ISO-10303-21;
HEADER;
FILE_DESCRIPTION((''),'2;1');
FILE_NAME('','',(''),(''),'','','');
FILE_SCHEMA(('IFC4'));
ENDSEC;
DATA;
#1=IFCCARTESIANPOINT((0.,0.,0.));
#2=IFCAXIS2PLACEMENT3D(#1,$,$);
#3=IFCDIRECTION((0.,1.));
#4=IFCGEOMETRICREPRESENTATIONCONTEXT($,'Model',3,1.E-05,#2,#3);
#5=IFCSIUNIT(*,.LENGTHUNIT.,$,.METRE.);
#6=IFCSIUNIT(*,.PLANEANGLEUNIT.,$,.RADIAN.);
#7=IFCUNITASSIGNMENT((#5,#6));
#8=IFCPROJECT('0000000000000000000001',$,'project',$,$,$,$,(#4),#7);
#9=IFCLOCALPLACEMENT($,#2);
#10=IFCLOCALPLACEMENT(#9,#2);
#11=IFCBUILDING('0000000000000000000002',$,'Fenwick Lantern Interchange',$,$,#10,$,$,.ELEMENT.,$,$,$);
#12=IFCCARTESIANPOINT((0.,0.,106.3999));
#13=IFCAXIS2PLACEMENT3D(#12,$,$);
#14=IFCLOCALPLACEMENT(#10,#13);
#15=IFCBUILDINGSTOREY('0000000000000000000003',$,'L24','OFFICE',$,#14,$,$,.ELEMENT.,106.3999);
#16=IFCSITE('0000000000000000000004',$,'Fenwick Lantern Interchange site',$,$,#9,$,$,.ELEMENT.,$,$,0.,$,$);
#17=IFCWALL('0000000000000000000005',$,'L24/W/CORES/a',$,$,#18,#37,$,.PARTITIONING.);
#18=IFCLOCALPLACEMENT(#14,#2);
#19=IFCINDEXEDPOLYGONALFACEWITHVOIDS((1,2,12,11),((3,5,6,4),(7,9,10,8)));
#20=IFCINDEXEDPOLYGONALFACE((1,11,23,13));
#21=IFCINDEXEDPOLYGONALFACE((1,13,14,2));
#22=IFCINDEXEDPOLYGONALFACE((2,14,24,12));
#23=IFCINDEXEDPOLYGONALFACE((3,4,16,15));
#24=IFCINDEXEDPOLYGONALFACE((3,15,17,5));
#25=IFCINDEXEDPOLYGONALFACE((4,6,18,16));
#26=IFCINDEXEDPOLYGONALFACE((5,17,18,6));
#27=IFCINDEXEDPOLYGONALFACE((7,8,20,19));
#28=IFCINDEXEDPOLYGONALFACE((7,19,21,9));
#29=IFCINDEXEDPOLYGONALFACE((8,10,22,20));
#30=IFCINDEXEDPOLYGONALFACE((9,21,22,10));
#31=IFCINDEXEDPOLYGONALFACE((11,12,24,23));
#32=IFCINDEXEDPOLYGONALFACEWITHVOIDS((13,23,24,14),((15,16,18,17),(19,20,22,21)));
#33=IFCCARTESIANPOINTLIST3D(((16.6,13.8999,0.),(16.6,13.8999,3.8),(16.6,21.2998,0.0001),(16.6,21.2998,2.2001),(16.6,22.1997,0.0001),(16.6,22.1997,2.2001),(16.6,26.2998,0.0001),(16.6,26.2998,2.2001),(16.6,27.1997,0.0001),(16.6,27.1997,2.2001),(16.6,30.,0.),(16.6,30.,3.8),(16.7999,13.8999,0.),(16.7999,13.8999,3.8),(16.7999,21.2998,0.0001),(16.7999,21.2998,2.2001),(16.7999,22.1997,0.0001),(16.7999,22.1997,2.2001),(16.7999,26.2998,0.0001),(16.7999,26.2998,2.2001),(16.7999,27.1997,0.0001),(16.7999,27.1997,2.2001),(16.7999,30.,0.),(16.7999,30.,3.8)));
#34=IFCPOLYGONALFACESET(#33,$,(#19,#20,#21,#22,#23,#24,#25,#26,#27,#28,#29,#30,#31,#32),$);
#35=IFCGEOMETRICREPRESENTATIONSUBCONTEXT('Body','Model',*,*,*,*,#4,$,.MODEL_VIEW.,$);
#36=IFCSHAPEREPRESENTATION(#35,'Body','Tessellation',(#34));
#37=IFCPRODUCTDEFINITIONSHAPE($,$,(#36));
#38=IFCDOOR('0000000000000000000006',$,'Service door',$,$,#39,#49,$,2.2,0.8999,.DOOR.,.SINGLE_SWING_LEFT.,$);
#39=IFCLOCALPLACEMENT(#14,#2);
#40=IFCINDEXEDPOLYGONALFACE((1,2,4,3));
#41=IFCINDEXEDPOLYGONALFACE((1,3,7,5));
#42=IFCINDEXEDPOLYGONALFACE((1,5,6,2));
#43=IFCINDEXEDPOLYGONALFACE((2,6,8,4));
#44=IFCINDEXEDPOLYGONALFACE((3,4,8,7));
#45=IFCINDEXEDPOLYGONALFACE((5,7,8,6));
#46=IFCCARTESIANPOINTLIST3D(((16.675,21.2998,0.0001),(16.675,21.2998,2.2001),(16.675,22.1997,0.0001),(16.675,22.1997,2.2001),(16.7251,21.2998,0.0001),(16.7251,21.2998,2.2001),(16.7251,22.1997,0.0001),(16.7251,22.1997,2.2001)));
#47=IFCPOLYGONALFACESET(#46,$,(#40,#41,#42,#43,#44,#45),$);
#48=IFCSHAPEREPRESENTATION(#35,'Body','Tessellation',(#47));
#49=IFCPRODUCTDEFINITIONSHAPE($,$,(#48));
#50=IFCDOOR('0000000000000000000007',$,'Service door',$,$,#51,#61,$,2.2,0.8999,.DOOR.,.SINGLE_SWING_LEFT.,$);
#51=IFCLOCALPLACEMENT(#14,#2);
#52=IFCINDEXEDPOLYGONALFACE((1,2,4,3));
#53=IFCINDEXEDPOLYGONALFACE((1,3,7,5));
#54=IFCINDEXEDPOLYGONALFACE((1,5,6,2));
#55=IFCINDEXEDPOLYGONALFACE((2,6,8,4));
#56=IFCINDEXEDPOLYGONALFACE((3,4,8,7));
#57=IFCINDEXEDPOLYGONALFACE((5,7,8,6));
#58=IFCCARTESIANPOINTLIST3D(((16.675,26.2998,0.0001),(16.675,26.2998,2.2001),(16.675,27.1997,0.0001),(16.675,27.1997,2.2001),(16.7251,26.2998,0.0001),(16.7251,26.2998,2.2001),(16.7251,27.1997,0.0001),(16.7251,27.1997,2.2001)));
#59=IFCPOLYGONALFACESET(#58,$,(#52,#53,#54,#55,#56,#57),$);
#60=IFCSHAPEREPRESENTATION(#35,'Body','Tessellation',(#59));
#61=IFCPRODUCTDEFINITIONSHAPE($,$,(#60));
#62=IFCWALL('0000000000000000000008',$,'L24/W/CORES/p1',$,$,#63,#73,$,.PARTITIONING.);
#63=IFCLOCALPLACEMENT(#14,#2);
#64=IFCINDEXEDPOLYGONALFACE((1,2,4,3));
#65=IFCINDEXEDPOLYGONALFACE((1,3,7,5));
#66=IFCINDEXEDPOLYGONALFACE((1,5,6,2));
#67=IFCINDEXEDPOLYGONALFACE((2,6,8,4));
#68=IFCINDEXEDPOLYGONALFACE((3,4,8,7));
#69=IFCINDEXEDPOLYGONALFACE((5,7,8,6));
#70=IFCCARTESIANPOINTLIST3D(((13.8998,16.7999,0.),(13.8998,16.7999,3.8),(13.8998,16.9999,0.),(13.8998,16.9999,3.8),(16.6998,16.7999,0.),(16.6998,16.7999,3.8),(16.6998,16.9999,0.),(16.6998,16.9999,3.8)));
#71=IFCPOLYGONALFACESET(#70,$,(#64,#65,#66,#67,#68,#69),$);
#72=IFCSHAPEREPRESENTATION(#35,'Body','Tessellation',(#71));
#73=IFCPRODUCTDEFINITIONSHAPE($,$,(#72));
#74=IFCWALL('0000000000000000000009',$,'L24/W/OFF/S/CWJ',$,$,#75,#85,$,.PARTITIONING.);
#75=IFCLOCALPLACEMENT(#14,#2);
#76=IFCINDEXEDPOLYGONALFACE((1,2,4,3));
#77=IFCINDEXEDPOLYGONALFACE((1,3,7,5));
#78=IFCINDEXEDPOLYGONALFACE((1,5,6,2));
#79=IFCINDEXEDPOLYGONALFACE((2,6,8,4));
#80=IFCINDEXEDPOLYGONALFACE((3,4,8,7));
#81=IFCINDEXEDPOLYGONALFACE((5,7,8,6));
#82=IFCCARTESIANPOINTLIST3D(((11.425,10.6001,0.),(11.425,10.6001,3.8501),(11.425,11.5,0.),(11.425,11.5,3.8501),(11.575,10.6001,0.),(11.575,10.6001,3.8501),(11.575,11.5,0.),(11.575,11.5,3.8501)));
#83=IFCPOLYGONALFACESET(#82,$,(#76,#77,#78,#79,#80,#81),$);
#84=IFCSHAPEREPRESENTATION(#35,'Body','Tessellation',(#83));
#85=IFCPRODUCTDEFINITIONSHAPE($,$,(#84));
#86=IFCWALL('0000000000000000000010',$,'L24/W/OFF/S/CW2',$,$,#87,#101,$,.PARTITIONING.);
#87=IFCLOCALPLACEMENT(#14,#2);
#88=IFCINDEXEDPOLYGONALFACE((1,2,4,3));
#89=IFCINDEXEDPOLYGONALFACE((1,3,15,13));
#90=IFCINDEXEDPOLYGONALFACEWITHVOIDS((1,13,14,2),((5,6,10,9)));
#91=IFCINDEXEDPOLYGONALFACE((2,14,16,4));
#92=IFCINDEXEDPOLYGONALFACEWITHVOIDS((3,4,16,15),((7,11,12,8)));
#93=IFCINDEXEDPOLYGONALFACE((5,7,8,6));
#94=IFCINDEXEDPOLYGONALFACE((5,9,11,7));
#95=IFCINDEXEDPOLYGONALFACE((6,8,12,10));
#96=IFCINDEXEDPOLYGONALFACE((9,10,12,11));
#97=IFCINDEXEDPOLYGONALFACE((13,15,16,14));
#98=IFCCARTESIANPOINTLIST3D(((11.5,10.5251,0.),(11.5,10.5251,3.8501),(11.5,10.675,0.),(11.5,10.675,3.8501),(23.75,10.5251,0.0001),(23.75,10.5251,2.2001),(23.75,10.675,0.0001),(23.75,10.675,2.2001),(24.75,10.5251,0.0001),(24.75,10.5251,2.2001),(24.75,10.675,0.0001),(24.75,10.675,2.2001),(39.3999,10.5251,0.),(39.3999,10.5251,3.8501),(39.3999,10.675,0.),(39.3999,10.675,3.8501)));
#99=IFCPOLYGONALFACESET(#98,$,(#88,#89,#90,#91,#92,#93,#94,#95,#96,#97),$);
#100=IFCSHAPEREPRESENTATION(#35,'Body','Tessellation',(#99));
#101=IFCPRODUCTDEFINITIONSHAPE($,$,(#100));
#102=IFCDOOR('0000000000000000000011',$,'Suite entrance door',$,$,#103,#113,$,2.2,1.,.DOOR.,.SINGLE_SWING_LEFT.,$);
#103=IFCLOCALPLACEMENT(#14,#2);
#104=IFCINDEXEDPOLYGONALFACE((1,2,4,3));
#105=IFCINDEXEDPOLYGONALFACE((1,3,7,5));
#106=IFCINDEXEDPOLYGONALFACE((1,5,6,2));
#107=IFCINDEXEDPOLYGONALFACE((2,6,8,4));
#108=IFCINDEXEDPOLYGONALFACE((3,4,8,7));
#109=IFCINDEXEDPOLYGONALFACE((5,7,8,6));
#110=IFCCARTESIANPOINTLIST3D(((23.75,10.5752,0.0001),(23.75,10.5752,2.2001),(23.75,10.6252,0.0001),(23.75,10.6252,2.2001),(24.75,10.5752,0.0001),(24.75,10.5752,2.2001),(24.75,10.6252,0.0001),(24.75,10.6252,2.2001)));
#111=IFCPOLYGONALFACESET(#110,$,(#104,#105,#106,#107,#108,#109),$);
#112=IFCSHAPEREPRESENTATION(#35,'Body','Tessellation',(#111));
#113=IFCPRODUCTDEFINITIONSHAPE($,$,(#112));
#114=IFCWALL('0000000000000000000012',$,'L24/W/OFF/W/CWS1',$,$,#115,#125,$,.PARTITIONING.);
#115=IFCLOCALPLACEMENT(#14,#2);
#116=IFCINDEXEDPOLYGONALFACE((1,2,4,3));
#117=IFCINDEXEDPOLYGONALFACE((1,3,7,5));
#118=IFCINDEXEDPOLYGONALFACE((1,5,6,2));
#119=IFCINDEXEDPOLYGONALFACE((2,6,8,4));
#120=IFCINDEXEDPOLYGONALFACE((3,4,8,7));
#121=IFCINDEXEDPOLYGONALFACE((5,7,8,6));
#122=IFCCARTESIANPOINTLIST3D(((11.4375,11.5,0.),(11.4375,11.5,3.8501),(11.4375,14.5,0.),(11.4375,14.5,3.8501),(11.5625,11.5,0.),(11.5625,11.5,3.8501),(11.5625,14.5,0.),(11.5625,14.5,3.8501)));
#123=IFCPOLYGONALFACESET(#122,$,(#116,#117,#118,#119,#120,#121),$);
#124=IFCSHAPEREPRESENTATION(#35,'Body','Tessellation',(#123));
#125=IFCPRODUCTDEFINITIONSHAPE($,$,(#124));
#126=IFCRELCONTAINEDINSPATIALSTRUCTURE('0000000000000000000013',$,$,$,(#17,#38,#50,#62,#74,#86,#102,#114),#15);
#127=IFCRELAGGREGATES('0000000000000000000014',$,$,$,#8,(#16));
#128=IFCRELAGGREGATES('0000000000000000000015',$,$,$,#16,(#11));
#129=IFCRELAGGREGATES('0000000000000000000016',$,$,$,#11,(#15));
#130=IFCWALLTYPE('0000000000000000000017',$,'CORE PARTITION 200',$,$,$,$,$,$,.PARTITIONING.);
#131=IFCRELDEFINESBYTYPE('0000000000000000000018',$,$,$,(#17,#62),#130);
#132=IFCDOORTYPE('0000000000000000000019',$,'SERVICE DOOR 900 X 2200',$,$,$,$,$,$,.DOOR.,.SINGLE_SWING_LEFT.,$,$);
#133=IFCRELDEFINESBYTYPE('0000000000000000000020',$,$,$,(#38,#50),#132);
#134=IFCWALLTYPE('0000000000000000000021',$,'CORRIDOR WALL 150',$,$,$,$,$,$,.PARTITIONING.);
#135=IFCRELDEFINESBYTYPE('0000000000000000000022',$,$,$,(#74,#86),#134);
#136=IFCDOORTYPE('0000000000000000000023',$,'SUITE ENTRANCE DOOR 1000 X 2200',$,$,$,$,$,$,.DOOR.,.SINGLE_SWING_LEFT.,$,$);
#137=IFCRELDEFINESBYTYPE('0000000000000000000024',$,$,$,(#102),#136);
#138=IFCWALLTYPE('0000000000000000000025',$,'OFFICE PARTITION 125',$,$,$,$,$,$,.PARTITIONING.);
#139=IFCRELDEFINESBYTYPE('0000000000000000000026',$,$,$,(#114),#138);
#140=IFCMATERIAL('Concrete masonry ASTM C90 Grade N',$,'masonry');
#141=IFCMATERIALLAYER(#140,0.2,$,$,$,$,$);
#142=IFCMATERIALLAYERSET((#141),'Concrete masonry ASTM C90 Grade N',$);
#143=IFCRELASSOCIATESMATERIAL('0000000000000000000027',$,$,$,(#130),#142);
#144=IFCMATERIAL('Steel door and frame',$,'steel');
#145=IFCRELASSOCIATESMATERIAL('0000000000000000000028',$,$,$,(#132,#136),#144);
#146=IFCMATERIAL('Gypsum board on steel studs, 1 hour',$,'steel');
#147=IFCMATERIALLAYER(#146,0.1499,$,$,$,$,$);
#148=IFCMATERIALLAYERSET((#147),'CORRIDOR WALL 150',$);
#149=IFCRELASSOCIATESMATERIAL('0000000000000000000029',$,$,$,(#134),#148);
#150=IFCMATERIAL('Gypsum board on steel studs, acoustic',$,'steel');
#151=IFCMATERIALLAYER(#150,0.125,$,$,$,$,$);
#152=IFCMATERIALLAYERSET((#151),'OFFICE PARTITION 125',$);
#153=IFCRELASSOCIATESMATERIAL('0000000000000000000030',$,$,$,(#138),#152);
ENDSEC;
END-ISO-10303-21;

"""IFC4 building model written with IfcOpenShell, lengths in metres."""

from ifc_helpers import new_model, si_unit, direction, frame, frame_2d, origin, place, context, subcontext, project, spatial, rectangle, extrude, material, layer, layer_set, type_object, element, fill, save


model = new_model("IFC4")

# Units and contexts
model_context = context("Model", 3, precision=1e-05, world=origin(), true_north=direction((0.0, 1.0)))
body_context = subcontext(model_context, "Body", "Model", "MODEL_VIEW")
ifc_project = project(units=[si_unit("LENGTHUNIT", "METRE"), si_unit("PLANEANGLEUNIT", "RADIAN")], contexts=[model_context])

# Site, building, storey
site_placement = place(None, origin())
site = spatial("IfcSite", under=ifc_project, at=site_placement, Name="Fenwick Lantern Interchange site", CompositionType="ELEMENT", RefElevation=0.0)
building_placement = place(site_placement, origin())
building = spatial("IfcBuilding", under=site, at=building_placement, Name="Fenwick Lantern Interchange", CompositionType="ELEMENT")
storey_placement = place(building_placement, frame((0.0, 0.0, 106.3999)))
storey = spatial("IfcBuildingStorey", under=building, at=storey_placement, Name="L24", Description="OFFICE", CompositionType="ELEMENT", Elevation=106.3999)

# Wall, openings, doors
ifc_material_1 = material(Name="Concrete masonry ASTM C90 Grade N", Category="masonry")
ifc_layer_1 = layer(ifc_material_1, 0.2)
ifc_layer_set_1 = layer_set([ifc_layer_1], Name="Concrete masonry ASTM C90 Grade N")
wall_type_1 = type_object("IfcWallType", Name="CORE PARTITION 200", PredefinedType="PARTITIONING", material=ifc_layer_set_1)
wall_1_placement = place(storey_placement, frame((16.7, 13.8999, 0.0), z_axis=(0.0, 0.0, 1.0), x_axis=(0.0, 1.0, 0.0)))
wall_1 = element("IfcWall", 1, at=wall_1_placement, inside=storey, type_object=wall_type_1, Name="L24/W/CORES/a", PredefinedType="PARTITIONING", context=body_context, shape_type="SweptSolid", body=[
    extrude(rectangle(XDim=16.1001, YDim=0.2, at=frame_2d((8.05, 0.0))), origin(), (0.0, 0.0, 1.0), 3.8),
])
opening_1_placement = place(wall_1_placement, frame((7.3999, 0.0, 0.0)))
opening_1 = element("IfcOpeningElement", 2, at=opening_1_placement, cuts=wall_1, PredefinedType="OPENING", context=body_context, shape_type="SweptSolid", body=[
    extrude(rectangle(XDim=0.8999, YDim=2.2, at=frame_2d((0.45, 1.1001))), frame((0.0, 0.1099, 0.0), z_axis=(0.0, -1.0, 0.0), x_axis=(1.0, 0.0, 0.0)), (0.0, 0.0, 1.0), 0.22),
])
opening_2_placement = place(wall_1_placement, frame((12.3999, 0.0, 0.0)))
opening_2 = element("IfcOpeningElement", 3, at=opening_2_placement, cuts=wall_1, PredefinedType="OPENING", context=body_context, shape_type="SweptSolid", body=[
    extrude(rectangle(XDim=0.8999, YDim=2.2, at=frame_2d((0.45, 1.1001))), frame((0.0, 0.1099, 0.0), z_axis=(0.0, -1.0, 0.0), x_axis=(1.0, 0.0, 0.0)), (0.0, 0.0, 1.0), 0.22),
])
ifc_material_2 = material(Name="Steel door and frame", Category="steel")
door_type_1 = type_object("IfcDoorType", Name="SERVICE DOOR 900 X 2200", OperationType="SINGLE_SWING_LEFT", PredefinedType="DOOR", material=ifc_material_2)
door_1_placement = place(opening_1_placement, origin())
door_1 = element("IfcDoor", 4, at=door_1_placement, inside=storey, type_object=door_type_1, Name="Service door", OperationType="SINGLE_SWING_LEFT", OverallHeight=2.2, OverallWidth=0.8999, PredefinedType="DOOR", context=body_context, shape_type="SweptSolid", body=[
    extrude(rectangle(XDim=0.8999, YDim=2.2, at=frame_2d((0.45, 1.1001))), frame((0.0, 0.0249, 0.0), z_axis=(0.0, -1.0, 0.0), x_axis=(1.0, 0.0, 0.0)), (0.0, 0.0, 1.0), 0.05),
])
fill(opening_1, door_1)
door_2_placement = place(opening_2_placement, origin())
door_2 = element("IfcDoor", 5, at=door_2_placement, inside=storey, type_object=door_type_1, Name="Service door", OperationType="SINGLE_SWING_LEFT", OverallHeight=2.2, OverallWidth=0.8999, PredefinedType="DOOR", context=body_context, shape_type="SweptSolid", body=[
    extrude(rectangle(XDim=0.8999, YDim=2.2, at=frame_2d((0.45, 1.1001))), frame((0.0, 0.0249, 0.0), z_axis=(0.0, -1.0, 0.0), x_axis=(1.0, 0.0, 0.0)), (0.0, 0.0, 1.0), 0.05),
])
fill(opening_2, door_2)

# Wall
wall_2_placement = place(storey_placement, frame((13.8999, 16.8999, 0.0), z_axis=(0.0, 0.0, 1.0), x_axis=(1.0, 0.0, 0.0)))
element("IfcWall", 6, at=wall_2_placement, inside=storey, type_object=wall_type_1, Name="L24/W/CORES/p1", PredefinedType="PARTITIONING", context=body_context, shape_type="SweptSolid", body=[
    extrude(rectangle(XDim=2.8, YDim=0.2, at=frame_2d((1.3999, 0.0))), origin(), (0.0, 0.0, 1.0), 3.8),
])

# Wall
ifc_material_3 = material(Name="Gypsum board on steel studs, 1 hour", Category="steel")
ifc_layer_2 = layer(ifc_material_3, 0.1499)
ifc_layer_set_2 = layer_set([ifc_layer_2], Name="CORRIDOR WALL 150")
wall_type_2 = type_object("IfcWallType", Name="CORRIDOR WALL 150", PredefinedType="PARTITIONING", material=ifc_layer_set_2)
wall_3_placement = place(storey_placement, frame((11.5, 11.5, 0.0), z_axis=(0.0, 0.0, 1.0), x_axis=(0.0, -1.0, 0.0)))
element("IfcWall", 7, at=wall_3_placement, inside=storey, type_object=wall_type_2, Name="L24/W/OFF/S/CWJ", PredefinedType="PARTITIONING", context=body_context, shape_type="SweptSolid", body=[
    extrude(rectangle(XDim=0.8999, YDim=0.1499, at=frame_2d((0.45, 0.0))), origin(), (0.0, 0.0, 1.0), 3.8501),
])

# Wall, opening, door
wall_4_placement = place(storey_placement, frame((11.5, 10.6001, 0.0), z_axis=(0.0, 0.0, 1.0), x_axis=(1.0, 0.0, 0.0)))
wall_4 = element("IfcWall", 8, at=wall_4_placement, inside=storey, type_object=wall_type_2, Name="L24/W/OFF/S/CW2", PredefinedType="PARTITIONING", context=body_context, shape_type="SweptSolid", body=[
    extrude(rectangle(XDim=27.8999, YDim=0.1499, at=frame_2d((13.95, 0.0))), origin(), (0.0, 0.0, 1.0), 3.8501),
])
opening_3_placement = place(wall_4_placement, frame((12.25, 0.0, 0.0)))
opening_3 = element("IfcOpeningElement", 9, at=opening_3_placement, cuts=wall_4, PredefinedType="OPENING", context=body_context, shape_type="SweptSolid", body=[
    extrude(rectangle(XDim=1.0, YDim=2.2, at=frame_2d((0.5, 1.1001))), frame((0.0, 0.085, 0.0), z_axis=(0.0, -1.0, 0.0), x_axis=(1.0, 0.0, 0.0)), (0.0, 0.0, 1.0), 0.1699),
])
door_type_2 = type_object("IfcDoorType", Name="SUITE ENTRANCE DOOR 1000 X 2200", OperationType="SINGLE_SWING_LEFT", PredefinedType="DOOR", material=ifc_material_2)
door_3_placement = place(opening_3_placement, frame((1.0, 0.0, 0.0), z_axis=(0.0, 0.0, 1.0), x_axis=(-1.0, 0.0, 0.0)))
door_3 = element("IfcDoor", 10, at=door_3_placement, inside=storey, type_object=door_type_2, Name="Suite entrance door", OperationType="SINGLE_SWING_LEFT", OverallHeight=2.2, OverallWidth=1.0, PredefinedType="DOOR", context=body_context, shape_type="SweptSolid", body=[
    extrude(rectangle(XDim=1.0, YDim=2.2, at=frame_2d((0.5, 1.1001))), frame((0.0, 0.0249, 0.0), z_axis=(0.0, -1.0, 0.0), x_axis=(1.0, 0.0, 0.0)), (0.0, 0.0, 1.0), 0.05),
])
fill(opening_3, door_3)

# Wall
ifc_material_4 = material(Name="Gypsum board on steel studs, acoustic", Category="steel")
ifc_layer_3 = layer(ifc_material_4, 0.125)
ifc_layer_set_3 = layer_set([ifc_layer_3], Name="OFFICE PARTITION 125")
wall_type_3 = type_object("IfcWallType", Name="OFFICE PARTITION 125", PredefinedType="PARTITIONING", material=ifc_layer_set_3)
wall_5_placement = place(storey_placement, frame((11.5, 14.5, 0.0), z_axis=(0.0, 0.0, 1.0), x_axis=(0.0, -1.0, 0.0)))
element("IfcWall", 11, at=wall_5_placement, inside=storey, type_object=wall_type_3, Name="L24/W/OFF/W/CWS1", PredefinedType="PARTITIONING", context=body_context, shape_type="SweptSolid", body=[
    extrude(rectangle(XDim=3.0, YDim=0.125, at=frame_2d((1.5, 0.0))), origin(), (0.0, 0.0, 1.0), 3.8501),
])

save(model, "model.ifc")
